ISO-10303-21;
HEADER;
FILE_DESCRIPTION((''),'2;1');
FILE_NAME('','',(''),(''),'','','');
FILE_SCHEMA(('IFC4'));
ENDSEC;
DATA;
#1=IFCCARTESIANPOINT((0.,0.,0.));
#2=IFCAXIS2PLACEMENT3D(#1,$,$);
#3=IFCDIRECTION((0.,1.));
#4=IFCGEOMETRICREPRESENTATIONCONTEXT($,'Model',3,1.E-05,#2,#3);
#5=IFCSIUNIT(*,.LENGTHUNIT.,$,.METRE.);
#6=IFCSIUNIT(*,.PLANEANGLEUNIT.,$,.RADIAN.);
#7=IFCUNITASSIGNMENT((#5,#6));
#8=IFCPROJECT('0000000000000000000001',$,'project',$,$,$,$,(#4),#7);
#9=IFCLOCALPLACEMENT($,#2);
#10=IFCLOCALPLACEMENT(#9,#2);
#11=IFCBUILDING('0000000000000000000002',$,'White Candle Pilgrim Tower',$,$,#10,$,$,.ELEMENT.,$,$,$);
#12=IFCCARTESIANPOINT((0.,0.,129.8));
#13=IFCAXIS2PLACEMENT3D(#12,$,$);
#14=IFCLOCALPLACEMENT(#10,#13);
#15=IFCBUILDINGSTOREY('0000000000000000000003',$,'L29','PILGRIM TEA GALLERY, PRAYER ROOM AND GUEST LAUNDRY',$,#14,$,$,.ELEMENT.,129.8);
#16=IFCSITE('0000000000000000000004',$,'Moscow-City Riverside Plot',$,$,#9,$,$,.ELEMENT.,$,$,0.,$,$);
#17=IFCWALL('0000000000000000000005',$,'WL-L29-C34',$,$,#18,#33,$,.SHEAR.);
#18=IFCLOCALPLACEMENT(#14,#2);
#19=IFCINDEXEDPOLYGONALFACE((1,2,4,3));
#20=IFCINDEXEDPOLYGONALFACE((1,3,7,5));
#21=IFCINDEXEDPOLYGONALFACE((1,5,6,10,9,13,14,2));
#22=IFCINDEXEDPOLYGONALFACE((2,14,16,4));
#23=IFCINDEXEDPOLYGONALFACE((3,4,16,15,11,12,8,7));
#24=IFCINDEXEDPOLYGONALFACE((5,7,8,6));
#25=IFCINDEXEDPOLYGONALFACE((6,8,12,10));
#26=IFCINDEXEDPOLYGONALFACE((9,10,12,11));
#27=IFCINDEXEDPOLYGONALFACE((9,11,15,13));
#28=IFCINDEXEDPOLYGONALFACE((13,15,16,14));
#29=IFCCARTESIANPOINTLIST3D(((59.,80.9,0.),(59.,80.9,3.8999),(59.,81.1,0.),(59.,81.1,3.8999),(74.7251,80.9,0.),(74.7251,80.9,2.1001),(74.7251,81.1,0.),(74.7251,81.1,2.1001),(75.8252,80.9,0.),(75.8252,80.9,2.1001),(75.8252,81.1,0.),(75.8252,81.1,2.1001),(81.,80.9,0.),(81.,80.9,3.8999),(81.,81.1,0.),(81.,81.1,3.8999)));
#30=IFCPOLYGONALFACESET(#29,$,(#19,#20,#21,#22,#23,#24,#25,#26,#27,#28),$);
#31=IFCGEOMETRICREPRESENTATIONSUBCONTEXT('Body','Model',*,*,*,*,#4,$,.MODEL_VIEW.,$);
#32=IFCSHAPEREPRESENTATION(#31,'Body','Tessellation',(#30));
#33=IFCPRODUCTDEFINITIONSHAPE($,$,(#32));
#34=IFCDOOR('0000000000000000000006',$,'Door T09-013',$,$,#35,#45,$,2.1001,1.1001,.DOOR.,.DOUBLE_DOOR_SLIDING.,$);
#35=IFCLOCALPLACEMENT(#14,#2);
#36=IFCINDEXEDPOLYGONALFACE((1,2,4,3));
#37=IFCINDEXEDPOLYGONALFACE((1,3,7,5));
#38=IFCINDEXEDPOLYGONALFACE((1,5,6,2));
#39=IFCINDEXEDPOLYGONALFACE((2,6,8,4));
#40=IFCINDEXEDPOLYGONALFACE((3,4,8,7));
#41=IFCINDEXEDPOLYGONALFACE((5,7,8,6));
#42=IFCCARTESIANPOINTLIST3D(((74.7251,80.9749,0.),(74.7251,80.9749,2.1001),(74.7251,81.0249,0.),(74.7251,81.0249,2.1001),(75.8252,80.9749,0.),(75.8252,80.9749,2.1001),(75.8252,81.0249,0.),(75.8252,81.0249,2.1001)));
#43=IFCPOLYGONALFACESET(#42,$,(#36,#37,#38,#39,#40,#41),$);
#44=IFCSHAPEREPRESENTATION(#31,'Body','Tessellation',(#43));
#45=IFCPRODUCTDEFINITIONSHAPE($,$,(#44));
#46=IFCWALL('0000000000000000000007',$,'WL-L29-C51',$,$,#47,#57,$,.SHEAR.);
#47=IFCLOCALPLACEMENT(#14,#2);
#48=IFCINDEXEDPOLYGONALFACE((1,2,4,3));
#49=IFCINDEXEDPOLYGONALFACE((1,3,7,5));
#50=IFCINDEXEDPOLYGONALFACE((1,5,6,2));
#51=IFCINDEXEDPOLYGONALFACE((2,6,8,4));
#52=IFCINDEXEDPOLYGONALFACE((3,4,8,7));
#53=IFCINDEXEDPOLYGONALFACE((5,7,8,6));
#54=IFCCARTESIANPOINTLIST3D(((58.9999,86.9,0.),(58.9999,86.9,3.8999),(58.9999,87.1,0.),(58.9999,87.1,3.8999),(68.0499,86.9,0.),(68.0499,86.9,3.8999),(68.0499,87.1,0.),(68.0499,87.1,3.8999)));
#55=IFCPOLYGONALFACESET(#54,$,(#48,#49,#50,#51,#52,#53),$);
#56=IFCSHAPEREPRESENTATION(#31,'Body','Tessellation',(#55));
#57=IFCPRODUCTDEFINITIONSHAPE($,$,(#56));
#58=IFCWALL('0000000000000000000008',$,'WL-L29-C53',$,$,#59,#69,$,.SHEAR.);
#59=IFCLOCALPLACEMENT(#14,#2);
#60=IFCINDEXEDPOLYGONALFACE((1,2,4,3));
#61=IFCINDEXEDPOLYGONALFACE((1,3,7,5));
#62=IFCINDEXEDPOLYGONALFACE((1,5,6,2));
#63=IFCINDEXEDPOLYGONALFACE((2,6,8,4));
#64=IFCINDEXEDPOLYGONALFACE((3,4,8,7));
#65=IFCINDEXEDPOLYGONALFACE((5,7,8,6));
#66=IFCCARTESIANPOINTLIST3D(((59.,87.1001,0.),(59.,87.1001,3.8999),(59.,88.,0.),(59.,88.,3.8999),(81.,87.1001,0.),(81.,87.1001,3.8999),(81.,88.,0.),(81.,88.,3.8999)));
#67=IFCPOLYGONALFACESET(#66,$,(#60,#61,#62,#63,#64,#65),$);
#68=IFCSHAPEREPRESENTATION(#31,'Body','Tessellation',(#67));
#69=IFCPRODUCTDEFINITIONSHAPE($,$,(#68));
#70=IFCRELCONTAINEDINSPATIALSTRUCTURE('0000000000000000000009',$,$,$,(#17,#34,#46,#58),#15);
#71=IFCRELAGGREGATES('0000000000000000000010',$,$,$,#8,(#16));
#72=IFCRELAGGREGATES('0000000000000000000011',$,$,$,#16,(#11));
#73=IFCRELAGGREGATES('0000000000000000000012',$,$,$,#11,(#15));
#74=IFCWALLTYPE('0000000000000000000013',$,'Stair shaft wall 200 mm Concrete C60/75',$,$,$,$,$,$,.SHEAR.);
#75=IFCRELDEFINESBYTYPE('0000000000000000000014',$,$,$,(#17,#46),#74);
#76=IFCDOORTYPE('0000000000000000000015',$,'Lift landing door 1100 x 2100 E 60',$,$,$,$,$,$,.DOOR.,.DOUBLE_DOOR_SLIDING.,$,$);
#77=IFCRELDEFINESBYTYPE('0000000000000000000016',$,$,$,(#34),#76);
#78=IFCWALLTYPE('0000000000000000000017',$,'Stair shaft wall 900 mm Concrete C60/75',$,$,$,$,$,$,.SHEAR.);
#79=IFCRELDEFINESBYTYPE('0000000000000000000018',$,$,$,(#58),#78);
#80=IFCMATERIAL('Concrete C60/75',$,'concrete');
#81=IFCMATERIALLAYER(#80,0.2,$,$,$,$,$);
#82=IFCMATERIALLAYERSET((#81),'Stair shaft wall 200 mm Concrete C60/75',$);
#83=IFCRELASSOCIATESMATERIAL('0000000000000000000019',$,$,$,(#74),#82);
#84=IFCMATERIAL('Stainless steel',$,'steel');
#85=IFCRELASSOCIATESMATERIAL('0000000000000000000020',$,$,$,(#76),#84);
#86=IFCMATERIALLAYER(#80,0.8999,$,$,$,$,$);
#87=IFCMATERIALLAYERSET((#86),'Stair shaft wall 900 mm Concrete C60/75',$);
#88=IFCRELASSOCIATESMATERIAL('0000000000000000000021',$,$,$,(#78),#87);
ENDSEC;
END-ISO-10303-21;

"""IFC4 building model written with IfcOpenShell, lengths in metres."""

from ifc_helpers import new_model, si_unit, direction, frame, frame_2d, origin, place, context, subcontext, project, spatial, rectangle, extrude, material, layer, layer_set, type_object, element, fill, save


model = new_model("IFC4")

# Units and contexts
model_context = context("Model", 3, precision=1e-05, world=origin(), true_north=direction((0.0, 1.0)))
body_context = subcontext(model_context, "Body", "Model", "MODEL_VIEW")
ifc_project = project(units=[si_unit("LENGTHUNIT", "METRE"), si_unit("PLANEANGLEUNIT", "RADIAN")], contexts=[model_context])

# Site, building, storey
site_placement = place(None, origin())
site = spatial("IfcSite", under=ifc_project, at=site_placement, Name="Moscow-City Riverside Plot", CompositionType="ELEMENT", RefElevation=0.0)
building_placement = place(site_placement, origin())
building = spatial("IfcBuilding", under=site, at=building_placement, Name="White Candle Pilgrim Tower", CompositionType="ELEMENT")
storey_placement = place(building_placement, frame((0.0, 0.0, 129.8)))
storey = spatial("IfcBuildingStorey", under=building, at=storey_placement, Name="L29", Description="PILGRIM TEA GALLERY, PRAYER ROOM AND GUEST LAUNDRY", CompositionType="ELEMENT", Elevation=129.8)

# Shared definitions
ifc_material_1 = material(Name="Concrete C60/75", Category="concrete")

# Shared definitions
ifc_material_2 = material(Name="Stainless steel", Category="steel")

# Wall, opening, door
ifc_layer_1 = layer(ifc_material_1, 0.2)
ifc_layer_set_1 = layer_set([ifc_layer_1], Name="Stair shaft wall 200 mm Concrete C60/75")
wall_type_1 = type_object("IfcWallType", Name="Stair shaft wall 200 mm Concrete C60/75", PredefinedType="SHEAR", material=ifc_layer_set_1)
wall_1_placement = place(storey_placement, frame((59.0, 81.0, 0.0), z_axis=(0.0, 0.0, 1.0), x_axis=(1.0, 0.0, 0.0)))
wall_1 = element("IfcWall", 1, at=wall_1_placement, inside=storey, type_object=wall_type_1, Name="WL-L29-C34", PredefinedType="SHEAR", context=body_context, shape_type="SweptSolid", body=[
    extrude(rectangle(XDim=22.0, YDim=0.2, at=frame_2d((11.0, 0.0))), origin(), (0.0, 0.0, 1.0), 3.8999),
])
opening_1_placement = place(wall_1_placement, frame((15.7251, 0.0, 0.0)))
opening_1 = element("IfcOpeningElement", 2, at=opening_1_placement, cuts=wall_1, PredefinedType="OPENING", context=body_context, shape_type="SweptSolid", body=[
    extrude(rectangle(XDim=1.1001, YDim=2.1001, at=frame_2d((0.55, 1.05))), frame((0.0, 0.1099, 0.0), z_axis=(0.0, -1.0, 0.0), x_axis=(1.0, 0.0, 0.0)), (0.0, 0.0, 1.0), 0.22),
])
door_type_1 = type_object("IfcDoorType", Name="Lift landing door 1100 x 2100 E 60", OperationType="DOUBLE_DOOR_SLIDING", PredefinedType="DOOR", material=ifc_material_2)
door_1_placement = place(opening_1_placement, origin())
door_1 = element("IfcDoor", 3, at=door_1_placement, inside=storey, type_object=door_type_1, Name="Door T09-013", OperationType="DOUBLE_DOOR_SLIDING", OverallHeight=2.1001, OverallWidth=1.1001, PredefinedType="DOOR", context=body_context, shape_type="SweptSolid", body=[
    extrude(rectangle(XDim=1.1001, YDim=2.1001, at=frame_2d((0.55, 1.05))), frame((0.0, 0.0249, 0.0), z_axis=(0.0, -1.0, 0.0), x_axis=(1.0, 0.0, 0.0)), (0.0, 0.0, 1.0), 0.05),
])
fill(opening_1, door_1)

# Walls
wall_2_placement = place(storey_placement, frame((59.0, 87.0, 0.0), z_axis=(0.0, 0.0, 1.0), x_axis=(1.0, 0.0, 0.0)))
element("IfcWall", 4, at=wall_2_placement, inside=storey, type_object=wall_type_1, Name="WL-L29-C51", PredefinedType="SHEAR", context=body_context, shape_type="SweptSolid", body=[
    extrude(rectangle(XDim=9.05, YDim=0.2, at=frame_2d((4.5249, 0.0))), origin(), (0.0, 0.0, 1.0), 3.8999),
])
ifc_layer_2 = layer(ifc_material_1, 0.8999)
ifc_layer_set_2 = layer_set([ifc_layer_2], Name="Stair shaft wall 900 mm Concrete C60/75")
wall_type_2 = type_object("IfcWallType", Name="Stair shaft wall 900 mm Concrete C60/75", PredefinedType="SHEAR", material=ifc_layer_set_2)
wall_3_placement = place(storey_placement, frame((59.0, 87.55, 0.0), z_axis=(0.0, 0.0, 1.0), x_axis=(1.0, 0.0, 0.0)))
element("IfcWall", 5, at=wall_3_placement, inside=storey, type_object=wall_type_2, Name="WL-L29-C53", PredefinedType="SHEAR", context=body_context, shape_type="SweptSolid", body=[
    extrude(rectangle(XDim=22.0, YDim=0.8999, at=frame_2d((11.0, 0.0))), origin(), (0.0, 0.0, 1.0), 3.8999),
])

save(model, "model.ifc")
